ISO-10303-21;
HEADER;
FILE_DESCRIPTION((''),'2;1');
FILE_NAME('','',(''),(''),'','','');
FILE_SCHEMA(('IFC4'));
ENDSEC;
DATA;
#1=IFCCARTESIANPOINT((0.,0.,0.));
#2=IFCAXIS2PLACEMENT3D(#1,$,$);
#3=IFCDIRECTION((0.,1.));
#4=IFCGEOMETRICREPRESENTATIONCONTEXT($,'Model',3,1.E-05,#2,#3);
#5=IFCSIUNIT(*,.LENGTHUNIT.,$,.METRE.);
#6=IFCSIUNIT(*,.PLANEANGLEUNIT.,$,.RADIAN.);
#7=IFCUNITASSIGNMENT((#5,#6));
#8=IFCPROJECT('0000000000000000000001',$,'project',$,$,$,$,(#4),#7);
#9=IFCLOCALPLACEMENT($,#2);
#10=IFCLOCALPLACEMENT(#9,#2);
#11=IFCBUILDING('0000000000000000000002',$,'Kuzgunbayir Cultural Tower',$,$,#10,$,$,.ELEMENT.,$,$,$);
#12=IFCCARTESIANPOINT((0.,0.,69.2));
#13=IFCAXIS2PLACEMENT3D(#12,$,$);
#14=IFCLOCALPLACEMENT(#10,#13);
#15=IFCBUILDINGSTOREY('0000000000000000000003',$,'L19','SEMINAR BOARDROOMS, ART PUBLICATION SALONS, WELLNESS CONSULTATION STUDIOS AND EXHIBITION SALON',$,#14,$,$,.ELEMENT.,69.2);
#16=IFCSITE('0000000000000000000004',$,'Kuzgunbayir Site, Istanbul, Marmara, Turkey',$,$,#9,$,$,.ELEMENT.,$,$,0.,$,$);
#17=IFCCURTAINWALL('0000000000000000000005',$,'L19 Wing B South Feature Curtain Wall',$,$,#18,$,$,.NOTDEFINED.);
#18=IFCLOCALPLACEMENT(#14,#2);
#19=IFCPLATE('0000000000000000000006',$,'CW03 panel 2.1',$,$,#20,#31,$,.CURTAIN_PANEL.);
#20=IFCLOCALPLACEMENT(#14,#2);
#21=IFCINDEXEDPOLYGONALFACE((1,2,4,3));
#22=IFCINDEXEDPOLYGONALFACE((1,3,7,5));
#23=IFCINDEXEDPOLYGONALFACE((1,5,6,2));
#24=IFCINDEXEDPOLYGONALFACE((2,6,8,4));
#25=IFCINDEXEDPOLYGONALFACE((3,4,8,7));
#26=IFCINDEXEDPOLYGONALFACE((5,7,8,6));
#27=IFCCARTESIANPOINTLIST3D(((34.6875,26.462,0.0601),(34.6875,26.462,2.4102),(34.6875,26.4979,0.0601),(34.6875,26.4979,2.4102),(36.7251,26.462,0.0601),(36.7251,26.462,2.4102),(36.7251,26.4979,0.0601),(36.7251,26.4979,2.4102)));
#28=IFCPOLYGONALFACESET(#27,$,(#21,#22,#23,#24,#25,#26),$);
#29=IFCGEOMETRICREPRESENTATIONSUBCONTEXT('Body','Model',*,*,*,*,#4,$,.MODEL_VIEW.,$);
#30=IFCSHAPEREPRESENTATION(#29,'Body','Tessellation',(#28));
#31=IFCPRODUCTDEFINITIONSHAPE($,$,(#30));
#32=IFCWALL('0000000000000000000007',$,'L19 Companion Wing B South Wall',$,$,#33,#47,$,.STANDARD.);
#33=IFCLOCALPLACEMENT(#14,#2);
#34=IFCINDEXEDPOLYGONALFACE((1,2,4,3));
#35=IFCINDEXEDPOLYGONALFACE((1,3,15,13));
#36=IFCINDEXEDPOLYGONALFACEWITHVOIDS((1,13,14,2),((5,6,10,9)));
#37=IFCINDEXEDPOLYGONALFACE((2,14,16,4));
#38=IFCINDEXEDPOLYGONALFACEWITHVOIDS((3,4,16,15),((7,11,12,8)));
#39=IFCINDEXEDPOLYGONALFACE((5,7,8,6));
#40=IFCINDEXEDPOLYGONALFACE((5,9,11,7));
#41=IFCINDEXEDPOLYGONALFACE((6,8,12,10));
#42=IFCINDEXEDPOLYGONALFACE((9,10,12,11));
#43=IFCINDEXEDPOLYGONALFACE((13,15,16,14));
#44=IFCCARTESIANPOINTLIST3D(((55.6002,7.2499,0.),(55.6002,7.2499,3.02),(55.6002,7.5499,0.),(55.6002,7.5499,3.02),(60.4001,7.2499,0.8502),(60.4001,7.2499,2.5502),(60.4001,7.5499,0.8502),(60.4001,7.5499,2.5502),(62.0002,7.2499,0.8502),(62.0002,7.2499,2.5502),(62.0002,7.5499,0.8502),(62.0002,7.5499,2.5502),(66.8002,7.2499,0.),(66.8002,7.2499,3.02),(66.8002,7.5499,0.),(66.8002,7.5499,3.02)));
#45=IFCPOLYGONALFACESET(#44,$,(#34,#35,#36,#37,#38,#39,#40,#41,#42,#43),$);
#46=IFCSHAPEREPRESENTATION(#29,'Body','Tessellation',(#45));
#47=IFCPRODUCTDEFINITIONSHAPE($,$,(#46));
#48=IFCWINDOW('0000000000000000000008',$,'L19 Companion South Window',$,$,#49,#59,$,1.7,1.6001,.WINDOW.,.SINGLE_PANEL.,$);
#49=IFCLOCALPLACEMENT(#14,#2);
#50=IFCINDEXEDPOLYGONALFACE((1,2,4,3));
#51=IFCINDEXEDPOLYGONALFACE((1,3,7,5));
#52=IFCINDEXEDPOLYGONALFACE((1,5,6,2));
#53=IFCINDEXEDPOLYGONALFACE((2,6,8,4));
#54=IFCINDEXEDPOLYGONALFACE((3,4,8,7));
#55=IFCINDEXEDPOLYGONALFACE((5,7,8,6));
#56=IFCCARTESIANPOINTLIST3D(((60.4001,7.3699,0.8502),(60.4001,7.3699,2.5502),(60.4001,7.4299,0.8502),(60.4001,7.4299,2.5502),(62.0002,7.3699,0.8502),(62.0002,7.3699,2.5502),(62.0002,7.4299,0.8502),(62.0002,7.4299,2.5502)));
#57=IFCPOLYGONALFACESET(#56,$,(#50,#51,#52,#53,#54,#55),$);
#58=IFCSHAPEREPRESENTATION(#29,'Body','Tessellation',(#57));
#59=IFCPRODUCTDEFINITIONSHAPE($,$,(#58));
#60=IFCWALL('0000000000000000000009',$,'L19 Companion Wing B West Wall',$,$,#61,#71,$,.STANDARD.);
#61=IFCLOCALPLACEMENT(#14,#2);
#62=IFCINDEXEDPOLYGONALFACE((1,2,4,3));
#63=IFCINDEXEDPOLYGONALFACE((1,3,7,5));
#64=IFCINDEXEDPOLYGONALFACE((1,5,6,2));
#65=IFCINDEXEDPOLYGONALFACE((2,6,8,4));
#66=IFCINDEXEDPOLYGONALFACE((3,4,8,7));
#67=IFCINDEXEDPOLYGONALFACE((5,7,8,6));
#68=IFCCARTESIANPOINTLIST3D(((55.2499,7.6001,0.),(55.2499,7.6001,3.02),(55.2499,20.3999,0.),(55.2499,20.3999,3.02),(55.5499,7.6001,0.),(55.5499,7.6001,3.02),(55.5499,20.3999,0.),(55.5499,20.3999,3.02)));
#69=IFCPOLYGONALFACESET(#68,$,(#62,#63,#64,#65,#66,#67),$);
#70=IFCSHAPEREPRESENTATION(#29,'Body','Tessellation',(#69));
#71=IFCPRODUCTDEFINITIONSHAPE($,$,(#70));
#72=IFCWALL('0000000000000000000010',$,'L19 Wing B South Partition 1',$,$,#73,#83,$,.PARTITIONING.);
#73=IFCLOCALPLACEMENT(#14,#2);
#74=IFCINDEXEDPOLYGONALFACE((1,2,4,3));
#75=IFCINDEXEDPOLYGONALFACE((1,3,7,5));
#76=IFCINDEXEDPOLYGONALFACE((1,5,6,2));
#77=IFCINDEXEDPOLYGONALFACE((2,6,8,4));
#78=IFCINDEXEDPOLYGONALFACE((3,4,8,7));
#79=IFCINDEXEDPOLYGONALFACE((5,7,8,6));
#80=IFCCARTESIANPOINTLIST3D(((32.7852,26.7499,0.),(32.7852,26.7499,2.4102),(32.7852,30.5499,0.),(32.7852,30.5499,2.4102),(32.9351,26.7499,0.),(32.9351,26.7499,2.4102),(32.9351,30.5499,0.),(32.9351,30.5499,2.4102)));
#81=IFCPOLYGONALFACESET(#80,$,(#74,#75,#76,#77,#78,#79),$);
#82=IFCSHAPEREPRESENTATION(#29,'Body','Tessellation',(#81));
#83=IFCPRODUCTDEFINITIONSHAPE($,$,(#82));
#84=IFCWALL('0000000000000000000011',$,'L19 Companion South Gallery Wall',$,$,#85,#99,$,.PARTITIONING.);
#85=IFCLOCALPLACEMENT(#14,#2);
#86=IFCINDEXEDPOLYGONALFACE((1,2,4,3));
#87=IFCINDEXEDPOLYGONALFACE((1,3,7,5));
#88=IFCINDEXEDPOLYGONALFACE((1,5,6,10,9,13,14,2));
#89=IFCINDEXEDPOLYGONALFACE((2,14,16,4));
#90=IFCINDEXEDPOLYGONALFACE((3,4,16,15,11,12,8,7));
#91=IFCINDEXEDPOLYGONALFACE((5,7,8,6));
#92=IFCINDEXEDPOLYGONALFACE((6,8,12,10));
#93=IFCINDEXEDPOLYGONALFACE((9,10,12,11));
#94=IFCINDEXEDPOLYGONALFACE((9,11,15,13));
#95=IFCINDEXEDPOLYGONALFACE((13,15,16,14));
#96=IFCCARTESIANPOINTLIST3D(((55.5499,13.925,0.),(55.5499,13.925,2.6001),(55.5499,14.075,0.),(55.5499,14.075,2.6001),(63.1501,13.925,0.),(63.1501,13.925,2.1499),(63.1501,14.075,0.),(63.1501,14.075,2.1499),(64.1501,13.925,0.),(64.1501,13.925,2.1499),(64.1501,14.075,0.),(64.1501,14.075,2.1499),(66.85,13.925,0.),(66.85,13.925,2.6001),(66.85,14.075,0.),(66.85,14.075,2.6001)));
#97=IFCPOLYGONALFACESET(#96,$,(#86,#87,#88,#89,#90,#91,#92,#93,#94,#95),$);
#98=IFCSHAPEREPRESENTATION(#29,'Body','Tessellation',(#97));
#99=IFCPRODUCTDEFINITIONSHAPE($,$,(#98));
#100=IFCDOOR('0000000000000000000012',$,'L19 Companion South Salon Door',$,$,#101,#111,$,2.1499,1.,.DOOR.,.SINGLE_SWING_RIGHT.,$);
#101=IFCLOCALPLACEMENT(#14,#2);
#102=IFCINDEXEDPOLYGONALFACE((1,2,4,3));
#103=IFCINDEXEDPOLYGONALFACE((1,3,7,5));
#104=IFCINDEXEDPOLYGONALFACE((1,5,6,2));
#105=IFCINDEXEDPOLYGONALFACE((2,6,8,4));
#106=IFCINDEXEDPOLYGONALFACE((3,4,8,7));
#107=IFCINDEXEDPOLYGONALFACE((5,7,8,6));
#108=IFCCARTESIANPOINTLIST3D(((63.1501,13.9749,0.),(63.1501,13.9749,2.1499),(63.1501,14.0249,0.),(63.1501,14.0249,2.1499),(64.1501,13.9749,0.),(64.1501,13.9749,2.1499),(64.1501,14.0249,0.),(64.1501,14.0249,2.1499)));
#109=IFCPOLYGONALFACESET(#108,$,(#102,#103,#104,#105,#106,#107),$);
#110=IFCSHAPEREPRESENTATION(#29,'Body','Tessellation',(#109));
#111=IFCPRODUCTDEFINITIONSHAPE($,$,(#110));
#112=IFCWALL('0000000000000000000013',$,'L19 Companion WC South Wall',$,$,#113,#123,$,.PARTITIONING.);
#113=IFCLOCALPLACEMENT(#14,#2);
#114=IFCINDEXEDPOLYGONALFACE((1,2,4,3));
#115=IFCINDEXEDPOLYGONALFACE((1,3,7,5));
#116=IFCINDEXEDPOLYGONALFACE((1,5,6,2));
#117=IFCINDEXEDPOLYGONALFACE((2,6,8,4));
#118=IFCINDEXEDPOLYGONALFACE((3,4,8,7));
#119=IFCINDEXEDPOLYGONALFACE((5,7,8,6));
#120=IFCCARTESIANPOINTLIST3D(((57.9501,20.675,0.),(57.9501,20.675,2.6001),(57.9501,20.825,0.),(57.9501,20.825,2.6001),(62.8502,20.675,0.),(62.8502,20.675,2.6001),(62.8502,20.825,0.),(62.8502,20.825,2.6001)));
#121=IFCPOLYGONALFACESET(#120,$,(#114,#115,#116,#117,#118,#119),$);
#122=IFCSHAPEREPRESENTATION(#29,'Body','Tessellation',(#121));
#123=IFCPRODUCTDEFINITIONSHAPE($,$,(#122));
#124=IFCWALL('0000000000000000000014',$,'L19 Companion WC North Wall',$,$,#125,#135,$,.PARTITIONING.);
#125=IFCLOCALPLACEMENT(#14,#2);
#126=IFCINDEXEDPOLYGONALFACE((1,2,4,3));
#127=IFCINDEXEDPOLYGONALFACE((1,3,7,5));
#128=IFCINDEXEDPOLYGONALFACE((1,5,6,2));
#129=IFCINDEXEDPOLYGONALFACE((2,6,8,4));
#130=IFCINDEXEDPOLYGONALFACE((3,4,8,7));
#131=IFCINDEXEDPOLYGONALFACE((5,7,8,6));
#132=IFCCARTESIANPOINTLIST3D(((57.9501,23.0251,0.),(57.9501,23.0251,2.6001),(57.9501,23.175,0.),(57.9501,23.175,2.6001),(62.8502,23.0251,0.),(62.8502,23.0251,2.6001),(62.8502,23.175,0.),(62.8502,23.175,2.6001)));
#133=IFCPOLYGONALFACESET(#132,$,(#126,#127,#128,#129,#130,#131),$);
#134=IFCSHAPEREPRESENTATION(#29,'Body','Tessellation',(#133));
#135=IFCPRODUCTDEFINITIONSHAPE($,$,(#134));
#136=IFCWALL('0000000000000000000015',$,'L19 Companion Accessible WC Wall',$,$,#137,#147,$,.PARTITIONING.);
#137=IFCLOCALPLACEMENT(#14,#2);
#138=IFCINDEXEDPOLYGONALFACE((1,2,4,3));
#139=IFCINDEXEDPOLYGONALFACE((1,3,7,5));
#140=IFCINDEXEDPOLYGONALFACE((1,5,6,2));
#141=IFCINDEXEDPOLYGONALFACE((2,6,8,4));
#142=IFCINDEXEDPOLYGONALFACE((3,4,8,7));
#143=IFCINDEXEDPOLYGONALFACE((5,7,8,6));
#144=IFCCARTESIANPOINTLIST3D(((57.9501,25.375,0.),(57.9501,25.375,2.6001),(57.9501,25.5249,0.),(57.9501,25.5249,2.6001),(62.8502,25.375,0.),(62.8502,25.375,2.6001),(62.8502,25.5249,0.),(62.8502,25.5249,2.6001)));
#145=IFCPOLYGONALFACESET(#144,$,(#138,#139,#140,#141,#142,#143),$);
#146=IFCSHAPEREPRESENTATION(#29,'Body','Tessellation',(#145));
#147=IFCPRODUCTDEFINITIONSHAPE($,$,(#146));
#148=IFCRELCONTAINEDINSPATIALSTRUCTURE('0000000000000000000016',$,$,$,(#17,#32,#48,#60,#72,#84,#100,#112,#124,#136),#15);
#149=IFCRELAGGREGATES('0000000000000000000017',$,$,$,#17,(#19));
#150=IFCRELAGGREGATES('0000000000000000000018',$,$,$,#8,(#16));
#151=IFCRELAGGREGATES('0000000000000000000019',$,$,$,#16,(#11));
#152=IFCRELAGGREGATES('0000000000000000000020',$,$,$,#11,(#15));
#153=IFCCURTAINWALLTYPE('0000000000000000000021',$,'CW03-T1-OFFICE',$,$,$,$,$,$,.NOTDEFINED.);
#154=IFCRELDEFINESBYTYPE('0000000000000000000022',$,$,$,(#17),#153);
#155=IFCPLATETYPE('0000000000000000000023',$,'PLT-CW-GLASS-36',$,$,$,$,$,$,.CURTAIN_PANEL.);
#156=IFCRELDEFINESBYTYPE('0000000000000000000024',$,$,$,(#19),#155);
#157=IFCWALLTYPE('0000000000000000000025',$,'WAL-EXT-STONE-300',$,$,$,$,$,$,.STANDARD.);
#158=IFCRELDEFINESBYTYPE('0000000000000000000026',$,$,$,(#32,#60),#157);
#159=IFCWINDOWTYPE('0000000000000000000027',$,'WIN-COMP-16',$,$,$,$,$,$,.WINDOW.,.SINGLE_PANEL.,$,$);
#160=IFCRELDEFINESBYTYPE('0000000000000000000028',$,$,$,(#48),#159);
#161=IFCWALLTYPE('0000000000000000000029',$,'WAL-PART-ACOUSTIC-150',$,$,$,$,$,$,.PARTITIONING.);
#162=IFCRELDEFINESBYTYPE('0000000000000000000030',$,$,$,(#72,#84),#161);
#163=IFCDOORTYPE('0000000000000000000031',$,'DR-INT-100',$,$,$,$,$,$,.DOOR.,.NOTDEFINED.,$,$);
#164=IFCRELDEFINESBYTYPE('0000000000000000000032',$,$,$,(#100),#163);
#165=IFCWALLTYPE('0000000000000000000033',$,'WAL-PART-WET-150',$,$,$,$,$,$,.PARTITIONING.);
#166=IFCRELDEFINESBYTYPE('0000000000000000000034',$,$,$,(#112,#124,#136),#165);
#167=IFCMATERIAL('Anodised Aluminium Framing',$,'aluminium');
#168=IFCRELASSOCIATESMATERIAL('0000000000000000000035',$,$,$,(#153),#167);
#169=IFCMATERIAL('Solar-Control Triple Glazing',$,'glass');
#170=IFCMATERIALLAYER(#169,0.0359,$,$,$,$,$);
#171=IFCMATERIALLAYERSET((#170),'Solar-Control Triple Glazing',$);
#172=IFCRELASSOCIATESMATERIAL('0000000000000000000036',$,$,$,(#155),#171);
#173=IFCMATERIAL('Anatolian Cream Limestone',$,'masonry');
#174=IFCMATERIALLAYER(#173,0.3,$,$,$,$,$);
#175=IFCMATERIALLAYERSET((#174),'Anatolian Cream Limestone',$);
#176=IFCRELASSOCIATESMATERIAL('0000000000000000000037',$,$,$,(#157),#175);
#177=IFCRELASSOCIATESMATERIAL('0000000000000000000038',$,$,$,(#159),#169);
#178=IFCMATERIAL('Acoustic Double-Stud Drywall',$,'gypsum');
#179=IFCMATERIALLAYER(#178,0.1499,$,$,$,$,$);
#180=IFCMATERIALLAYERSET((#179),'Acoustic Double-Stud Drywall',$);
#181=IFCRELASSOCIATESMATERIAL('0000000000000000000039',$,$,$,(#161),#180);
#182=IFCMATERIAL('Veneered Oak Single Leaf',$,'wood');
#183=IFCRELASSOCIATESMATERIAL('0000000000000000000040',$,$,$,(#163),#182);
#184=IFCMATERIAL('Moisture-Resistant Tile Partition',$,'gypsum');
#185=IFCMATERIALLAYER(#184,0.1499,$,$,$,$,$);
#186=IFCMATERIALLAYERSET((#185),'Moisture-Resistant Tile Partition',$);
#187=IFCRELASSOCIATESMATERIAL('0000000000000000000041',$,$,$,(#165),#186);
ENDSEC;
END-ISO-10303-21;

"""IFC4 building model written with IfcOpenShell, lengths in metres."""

from ifc_helpers import new_model, si_unit, direction, frame, frame_2d, origin, origin_2d, place, context, subcontext, project, spatial, rectangle, extrude, material, layer, layer_set, type_object, element, fill, aggregate, save


model = new_model("IFC4")

# Units and contexts
model_context = context("Model", 3, precision=1e-05, world=origin(), true_north=direction((0.0, 1.0)))
body_context = subcontext(model_context, "Body", "Model", "MODEL_VIEW")
ifc_project = project(units=[si_unit("LENGTHUNIT", "METRE"), si_unit("PLANEANGLEUNIT", "RADIAN")], contexts=[model_context])

# Site, building, storey
site_placement = place(None, origin())
site = spatial("IfcSite", under=ifc_project, at=site_placement, Name="Kuzgunbayir Site, Istanbul, Marmara, Turkey", CompositionType="ELEMENT", RefElevation=0.0)
building_placement = place(site_placement, origin())
building = spatial("IfcBuilding", under=site, at=building_placement, Name="Kuzgunbayir Cultural Tower", CompositionType="ELEMENT")
storey_placement = place(building_placement, frame((0.0, 0.0, 69.2)))
storey = spatial("IfcBuildingStorey", under=building, at=storey_placement, Name="L19", Description="SEMINAR BOARDROOMS, ART PUBLICATION SALONS, WELLNESS CONSULTATION STUDIOS AND EXHIBITION SALON", CompositionType="ELEMENT", Elevation=69.2)

# Curtain wall, plate
ifc_material_1 = material(Name="Anodised Aluminium Framing", Category="aluminium")
curtain_wall_type = type_object("IfcCurtainWallType", Name="CW03-T1-OFFICE", PredefinedType="NOTDEFINED", material=ifc_material_1)
curtain_wall_placement = place(storey_placement, origin())
curtain_wall = element("IfcCurtainWall", 1, at=curtain_wall_placement, inside=storey, type_object=curtain_wall_type, Name="L19 Wing B South Feature Curtain Wall", PredefinedType="NOTDEFINED")
ifc_material_2 = material(Name="Solar-Control Triple Glazing", Category="glass")
ifc_layer_1 = layer(ifc_material_2, 0.0359)
ifc_layer_set_1 = layer_set([ifc_layer_1], Name="Solar-Control Triple Glazing")
plate_type = type_object("IfcPlateType", Name="PLT-CW-GLASS-36", PredefinedType="CURTAIN_PANEL", material=ifc_layer_set_1)
plate_1_placement = place(storey_placement, frame((35.7063, 26.48, 0.0601), z_axis=(0.0, 0.0, 1.0), x_axis=(1.0, 0.0, 0.0)))
plate_1 = element("IfcPlate", 2, at=plate_1_placement, type_object=plate_type, Name="CW03 panel 2.1", PredefinedType="CURTAIN_PANEL", context=body_context, shape_type="SweptSolid", body=[
    extrude(rectangle(XDim=2.0376, YDim=0.0359, at=origin_2d()), origin(), (0.0, 0.0, 1.0), 2.3501),
])
aggregate(curtain_wall, [plate_1])

# Wall, opening, window
ifc_material_3 = material(Name="Anatolian Cream Limestone", Category="masonry")
ifc_layer_2 = layer(ifc_material_3, 0.3)
ifc_layer_set_2 = layer_set([ifc_layer_2], Name="Anatolian Cream Limestone")
wall_type_1 = type_object("IfcWallType", Name="WAL-EXT-STONE-300", PredefinedType="STANDARD", material=ifc_layer_set_2)
wall_1_placement = place(storey_placement, frame((55.6001, 7.3999, 0.0), z_axis=(0.0, 0.0, 1.0), x_axis=(1.0, 0.0, 0.0)))
wall_1 = element("IfcWall", 3, at=wall_1_placement, inside=storey, type_object=wall_type_1, Name="L19 Companion Wing B South Wall", PredefinedType="STANDARD", context=body_context, shape_type="SweptSolid", body=[
    extrude(rectangle(XDim=11.2, YDim=0.3, at=frame_2d((5.6001, 0.0))), origin(), (0.0, 0.0, 1.0), 3.02),
])
opening_1_placement = place(wall_1_placement, frame((4.8, 0.0, 0.8501)))
opening_1 = element("IfcOpeningElement", 4, at=opening_1_placement, cuts=wall_1, PredefinedType="OPENING", context=body_context, shape_type="SweptSolid", body=[
    extrude(rectangle(XDim=1.6001, YDim=1.7, at=frame_2d((0.8, 0.8501))), frame((0.0, 0.1602, 0.0), z_axis=(0.0, -1.0, 0.0), x_axis=(1.0, 0.0, 0.0)), (0.0, 0.0, 1.0), 0.3201),
])
window_type = type_object("IfcWindowType", Name="WIN-COMP-16", PartitioningType="SINGLE_PANEL", PredefinedType="WINDOW", material=ifc_material_2)
window_placement = place(opening_1_placement, origin())
window = element("IfcWindow", 5, at=window_placement, inside=storey, type_object=window_type, Name="L19 Companion South Window", OverallHeight=1.7, OverallWidth=1.6001, PartitioningType="SINGLE_PANEL", PredefinedType="WINDOW", context=body_context, shape_type="SweptSolid", body=[
    extrude(rectangle(XDim=1.6001, YDim=1.7, at=frame_2d((0.8, 0.8501))), frame((0.0, 0.03, 0.0), z_axis=(0.0, -1.0, 0.0), x_axis=(1.0, 0.0, 0.0)), (0.0, 0.0, 1.0), 0.0601),
])
fill(opening_1, window)

# Walls
wall_2_placement = place(storey_placement, frame((55.3999, 20.3999, 0.0), z_axis=(0.0, 0.0, 1.0), x_axis=(0.0, -1.0, 0.0)))
element("IfcWall", 6, at=wall_2_placement, inside=storey, type_object=wall_type_1, Name="L19 Companion Wing B West Wall", PredefinedType="STANDARD", context=body_context, shape_type="SweptSolid", body=[
    extrude(rectangle(XDim=12.7998, YDim=0.3, at=frame_2d((6.3999, 0.0))), origin(), (0.0, 0.0, 1.0), 3.02),
])
ifc_material_4 = material(Name="Acoustic Double-Stud Drywall", Category="gypsum")
ifc_layer_3 = layer(ifc_material_4, 0.1499)
ifc_layer_set_3 = layer_set([ifc_layer_3], Name="Acoustic Double-Stud Drywall")
wall_type_2 = type_object("IfcWallType", Name="WAL-PART-ACOUSTIC-150", PredefinedType="PARTITIONING", material=ifc_layer_set_3)
wall_3_placement = place(storey_placement, frame((32.8601, 26.75, 0.0), z_axis=(0.0, 0.0, 1.0), x_axis=(0.0, 1.0, 0.0)))
element("IfcWall", 7, at=wall_3_placement, inside=storey, type_object=wall_type_2, Name="L19 Wing B South Partition 1", PredefinedType="PARTITIONING", context=body_context, shape_type="SweptSolid", body=[
    extrude(rectangle(XDim=3.8, YDim=0.1499, at=frame_2d((1.8999, 0.0))), origin(), (0.0, 0.0, 1.0), 2.4102),
])

# Wall, opening, door
wall_4_placement = place(storey_placement, frame((55.55, 14.0, 0.0), z_axis=(0.0, 0.0, 1.0), x_axis=(1.0, 0.0, 0.0)))
wall_4 = element("IfcWall", 8, at=wall_4_placement, inside=storey, type_object=wall_type_2, Name="L19 Companion South Gallery Wall", PredefinedType="PARTITIONING", context=body_context, shape_type="SweptSolid", body=[
    extrude(rectangle(XDim=11.3, YDim=0.1499, at=frame_2d((5.6499, 0.0))), origin(), (0.0, 0.0, 1.0), 2.6001),
])
opening_2_placement = place(wall_4_placement, frame((7.6001, 0.0, 0.0)))
opening_2 = element("IfcOpeningElement", 9, at=opening_2_placement, cuts=wall_4, PredefinedType="OPENING", context=body_context, shape_type="SweptSolid", body=[
    extrude(rectangle(XDim=1.0, YDim=2.1499, at=frame_2d((0.5, 1.075))), frame((0.0, 0.085, 0.0), z_axis=(0.0, -1.0, 0.0), x_axis=(1.0, 0.0, 0.0)), (0.0, 0.0, 1.0), 0.1699),
])
ifc_material_5 = material(Name="Veneered Oak Single Leaf", Category="wood")
door_type = type_object("IfcDoorType", Name="DR-INT-100", OperationType="NOTDEFINED", PredefinedType="DOOR", material=ifc_material_5)
door_placement = place(opening_2_placement, origin())
door = element("IfcDoor", 10, at=door_placement, inside=storey, type_object=door_type, Name="L19 Companion South Salon Door", OperationType="SINGLE_SWING_RIGHT", OverallHeight=2.1499, OverallWidth=1.0, PredefinedType="DOOR", context=body_context, shape_type="SweptSolid", body=[
    extrude(rectangle(XDim=1.0, YDim=2.1499, at=frame_2d((0.5, 1.075))), frame((0.0, 0.0249, 0.0), z_axis=(0.0, -1.0, 0.0), x_axis=(1.0, 0.0, 0.0)), (0.0, 0.0, 1.0), 0.05),
])
fill(opening_2, door)

# Walls
ifc_material_6 = material(Name="Moisture-Resistant Tile Partition", Category="gypsum")
ifc_layer_4 = layer(ifc_material_6, 0.1499)
ifc_layer_set_4 = layer_set([ifc_layer_4], Name="Moisture-Resistant Tile Partition")
wall_type_3 = type_object("IfcWallType", Name="WAL-PART-WET-150", PredefinedType="PARTITIONING", material=ifc_layer_set_4)
for number, where, z_axis, x_axis, name in (
    (11, (57.95, 20.75, 0.0), (0.0, 0.0, 1.0), (1.0, 0.0, 0.0), "L19 Companion WC South Wall"),
    (12, (57.95, 23.1001, 0.0), (0.0, 0.0, 1.0), (1.0, 0.0, 0.0), "L19 Companion WC North Wall"),
    (13, (57.95, 25.45, 0.0), (0.0, 0.0, 1.0), (1.0, 0.0, 0.0), "L19 Companion Accessible WC Wall"),
):
    element("IfcWall", number, at=place(storey_placement, frame(where, z_axis=z_axis, x_axis=x_axis)), inside=storey, type_object=wall_type_3, Name=name, PredefinedType="PARTITIONING", context=body_context, shape_type="SweptSolid", body=[
        extrude(rectangle(XDim=4.9001, YDim=0.1499, at=frame_2d((2.4502, 0.0))), origin(), (0.0, 0.0, 1.0), 2.6001),
    ])

save(model, "model.ifc")
